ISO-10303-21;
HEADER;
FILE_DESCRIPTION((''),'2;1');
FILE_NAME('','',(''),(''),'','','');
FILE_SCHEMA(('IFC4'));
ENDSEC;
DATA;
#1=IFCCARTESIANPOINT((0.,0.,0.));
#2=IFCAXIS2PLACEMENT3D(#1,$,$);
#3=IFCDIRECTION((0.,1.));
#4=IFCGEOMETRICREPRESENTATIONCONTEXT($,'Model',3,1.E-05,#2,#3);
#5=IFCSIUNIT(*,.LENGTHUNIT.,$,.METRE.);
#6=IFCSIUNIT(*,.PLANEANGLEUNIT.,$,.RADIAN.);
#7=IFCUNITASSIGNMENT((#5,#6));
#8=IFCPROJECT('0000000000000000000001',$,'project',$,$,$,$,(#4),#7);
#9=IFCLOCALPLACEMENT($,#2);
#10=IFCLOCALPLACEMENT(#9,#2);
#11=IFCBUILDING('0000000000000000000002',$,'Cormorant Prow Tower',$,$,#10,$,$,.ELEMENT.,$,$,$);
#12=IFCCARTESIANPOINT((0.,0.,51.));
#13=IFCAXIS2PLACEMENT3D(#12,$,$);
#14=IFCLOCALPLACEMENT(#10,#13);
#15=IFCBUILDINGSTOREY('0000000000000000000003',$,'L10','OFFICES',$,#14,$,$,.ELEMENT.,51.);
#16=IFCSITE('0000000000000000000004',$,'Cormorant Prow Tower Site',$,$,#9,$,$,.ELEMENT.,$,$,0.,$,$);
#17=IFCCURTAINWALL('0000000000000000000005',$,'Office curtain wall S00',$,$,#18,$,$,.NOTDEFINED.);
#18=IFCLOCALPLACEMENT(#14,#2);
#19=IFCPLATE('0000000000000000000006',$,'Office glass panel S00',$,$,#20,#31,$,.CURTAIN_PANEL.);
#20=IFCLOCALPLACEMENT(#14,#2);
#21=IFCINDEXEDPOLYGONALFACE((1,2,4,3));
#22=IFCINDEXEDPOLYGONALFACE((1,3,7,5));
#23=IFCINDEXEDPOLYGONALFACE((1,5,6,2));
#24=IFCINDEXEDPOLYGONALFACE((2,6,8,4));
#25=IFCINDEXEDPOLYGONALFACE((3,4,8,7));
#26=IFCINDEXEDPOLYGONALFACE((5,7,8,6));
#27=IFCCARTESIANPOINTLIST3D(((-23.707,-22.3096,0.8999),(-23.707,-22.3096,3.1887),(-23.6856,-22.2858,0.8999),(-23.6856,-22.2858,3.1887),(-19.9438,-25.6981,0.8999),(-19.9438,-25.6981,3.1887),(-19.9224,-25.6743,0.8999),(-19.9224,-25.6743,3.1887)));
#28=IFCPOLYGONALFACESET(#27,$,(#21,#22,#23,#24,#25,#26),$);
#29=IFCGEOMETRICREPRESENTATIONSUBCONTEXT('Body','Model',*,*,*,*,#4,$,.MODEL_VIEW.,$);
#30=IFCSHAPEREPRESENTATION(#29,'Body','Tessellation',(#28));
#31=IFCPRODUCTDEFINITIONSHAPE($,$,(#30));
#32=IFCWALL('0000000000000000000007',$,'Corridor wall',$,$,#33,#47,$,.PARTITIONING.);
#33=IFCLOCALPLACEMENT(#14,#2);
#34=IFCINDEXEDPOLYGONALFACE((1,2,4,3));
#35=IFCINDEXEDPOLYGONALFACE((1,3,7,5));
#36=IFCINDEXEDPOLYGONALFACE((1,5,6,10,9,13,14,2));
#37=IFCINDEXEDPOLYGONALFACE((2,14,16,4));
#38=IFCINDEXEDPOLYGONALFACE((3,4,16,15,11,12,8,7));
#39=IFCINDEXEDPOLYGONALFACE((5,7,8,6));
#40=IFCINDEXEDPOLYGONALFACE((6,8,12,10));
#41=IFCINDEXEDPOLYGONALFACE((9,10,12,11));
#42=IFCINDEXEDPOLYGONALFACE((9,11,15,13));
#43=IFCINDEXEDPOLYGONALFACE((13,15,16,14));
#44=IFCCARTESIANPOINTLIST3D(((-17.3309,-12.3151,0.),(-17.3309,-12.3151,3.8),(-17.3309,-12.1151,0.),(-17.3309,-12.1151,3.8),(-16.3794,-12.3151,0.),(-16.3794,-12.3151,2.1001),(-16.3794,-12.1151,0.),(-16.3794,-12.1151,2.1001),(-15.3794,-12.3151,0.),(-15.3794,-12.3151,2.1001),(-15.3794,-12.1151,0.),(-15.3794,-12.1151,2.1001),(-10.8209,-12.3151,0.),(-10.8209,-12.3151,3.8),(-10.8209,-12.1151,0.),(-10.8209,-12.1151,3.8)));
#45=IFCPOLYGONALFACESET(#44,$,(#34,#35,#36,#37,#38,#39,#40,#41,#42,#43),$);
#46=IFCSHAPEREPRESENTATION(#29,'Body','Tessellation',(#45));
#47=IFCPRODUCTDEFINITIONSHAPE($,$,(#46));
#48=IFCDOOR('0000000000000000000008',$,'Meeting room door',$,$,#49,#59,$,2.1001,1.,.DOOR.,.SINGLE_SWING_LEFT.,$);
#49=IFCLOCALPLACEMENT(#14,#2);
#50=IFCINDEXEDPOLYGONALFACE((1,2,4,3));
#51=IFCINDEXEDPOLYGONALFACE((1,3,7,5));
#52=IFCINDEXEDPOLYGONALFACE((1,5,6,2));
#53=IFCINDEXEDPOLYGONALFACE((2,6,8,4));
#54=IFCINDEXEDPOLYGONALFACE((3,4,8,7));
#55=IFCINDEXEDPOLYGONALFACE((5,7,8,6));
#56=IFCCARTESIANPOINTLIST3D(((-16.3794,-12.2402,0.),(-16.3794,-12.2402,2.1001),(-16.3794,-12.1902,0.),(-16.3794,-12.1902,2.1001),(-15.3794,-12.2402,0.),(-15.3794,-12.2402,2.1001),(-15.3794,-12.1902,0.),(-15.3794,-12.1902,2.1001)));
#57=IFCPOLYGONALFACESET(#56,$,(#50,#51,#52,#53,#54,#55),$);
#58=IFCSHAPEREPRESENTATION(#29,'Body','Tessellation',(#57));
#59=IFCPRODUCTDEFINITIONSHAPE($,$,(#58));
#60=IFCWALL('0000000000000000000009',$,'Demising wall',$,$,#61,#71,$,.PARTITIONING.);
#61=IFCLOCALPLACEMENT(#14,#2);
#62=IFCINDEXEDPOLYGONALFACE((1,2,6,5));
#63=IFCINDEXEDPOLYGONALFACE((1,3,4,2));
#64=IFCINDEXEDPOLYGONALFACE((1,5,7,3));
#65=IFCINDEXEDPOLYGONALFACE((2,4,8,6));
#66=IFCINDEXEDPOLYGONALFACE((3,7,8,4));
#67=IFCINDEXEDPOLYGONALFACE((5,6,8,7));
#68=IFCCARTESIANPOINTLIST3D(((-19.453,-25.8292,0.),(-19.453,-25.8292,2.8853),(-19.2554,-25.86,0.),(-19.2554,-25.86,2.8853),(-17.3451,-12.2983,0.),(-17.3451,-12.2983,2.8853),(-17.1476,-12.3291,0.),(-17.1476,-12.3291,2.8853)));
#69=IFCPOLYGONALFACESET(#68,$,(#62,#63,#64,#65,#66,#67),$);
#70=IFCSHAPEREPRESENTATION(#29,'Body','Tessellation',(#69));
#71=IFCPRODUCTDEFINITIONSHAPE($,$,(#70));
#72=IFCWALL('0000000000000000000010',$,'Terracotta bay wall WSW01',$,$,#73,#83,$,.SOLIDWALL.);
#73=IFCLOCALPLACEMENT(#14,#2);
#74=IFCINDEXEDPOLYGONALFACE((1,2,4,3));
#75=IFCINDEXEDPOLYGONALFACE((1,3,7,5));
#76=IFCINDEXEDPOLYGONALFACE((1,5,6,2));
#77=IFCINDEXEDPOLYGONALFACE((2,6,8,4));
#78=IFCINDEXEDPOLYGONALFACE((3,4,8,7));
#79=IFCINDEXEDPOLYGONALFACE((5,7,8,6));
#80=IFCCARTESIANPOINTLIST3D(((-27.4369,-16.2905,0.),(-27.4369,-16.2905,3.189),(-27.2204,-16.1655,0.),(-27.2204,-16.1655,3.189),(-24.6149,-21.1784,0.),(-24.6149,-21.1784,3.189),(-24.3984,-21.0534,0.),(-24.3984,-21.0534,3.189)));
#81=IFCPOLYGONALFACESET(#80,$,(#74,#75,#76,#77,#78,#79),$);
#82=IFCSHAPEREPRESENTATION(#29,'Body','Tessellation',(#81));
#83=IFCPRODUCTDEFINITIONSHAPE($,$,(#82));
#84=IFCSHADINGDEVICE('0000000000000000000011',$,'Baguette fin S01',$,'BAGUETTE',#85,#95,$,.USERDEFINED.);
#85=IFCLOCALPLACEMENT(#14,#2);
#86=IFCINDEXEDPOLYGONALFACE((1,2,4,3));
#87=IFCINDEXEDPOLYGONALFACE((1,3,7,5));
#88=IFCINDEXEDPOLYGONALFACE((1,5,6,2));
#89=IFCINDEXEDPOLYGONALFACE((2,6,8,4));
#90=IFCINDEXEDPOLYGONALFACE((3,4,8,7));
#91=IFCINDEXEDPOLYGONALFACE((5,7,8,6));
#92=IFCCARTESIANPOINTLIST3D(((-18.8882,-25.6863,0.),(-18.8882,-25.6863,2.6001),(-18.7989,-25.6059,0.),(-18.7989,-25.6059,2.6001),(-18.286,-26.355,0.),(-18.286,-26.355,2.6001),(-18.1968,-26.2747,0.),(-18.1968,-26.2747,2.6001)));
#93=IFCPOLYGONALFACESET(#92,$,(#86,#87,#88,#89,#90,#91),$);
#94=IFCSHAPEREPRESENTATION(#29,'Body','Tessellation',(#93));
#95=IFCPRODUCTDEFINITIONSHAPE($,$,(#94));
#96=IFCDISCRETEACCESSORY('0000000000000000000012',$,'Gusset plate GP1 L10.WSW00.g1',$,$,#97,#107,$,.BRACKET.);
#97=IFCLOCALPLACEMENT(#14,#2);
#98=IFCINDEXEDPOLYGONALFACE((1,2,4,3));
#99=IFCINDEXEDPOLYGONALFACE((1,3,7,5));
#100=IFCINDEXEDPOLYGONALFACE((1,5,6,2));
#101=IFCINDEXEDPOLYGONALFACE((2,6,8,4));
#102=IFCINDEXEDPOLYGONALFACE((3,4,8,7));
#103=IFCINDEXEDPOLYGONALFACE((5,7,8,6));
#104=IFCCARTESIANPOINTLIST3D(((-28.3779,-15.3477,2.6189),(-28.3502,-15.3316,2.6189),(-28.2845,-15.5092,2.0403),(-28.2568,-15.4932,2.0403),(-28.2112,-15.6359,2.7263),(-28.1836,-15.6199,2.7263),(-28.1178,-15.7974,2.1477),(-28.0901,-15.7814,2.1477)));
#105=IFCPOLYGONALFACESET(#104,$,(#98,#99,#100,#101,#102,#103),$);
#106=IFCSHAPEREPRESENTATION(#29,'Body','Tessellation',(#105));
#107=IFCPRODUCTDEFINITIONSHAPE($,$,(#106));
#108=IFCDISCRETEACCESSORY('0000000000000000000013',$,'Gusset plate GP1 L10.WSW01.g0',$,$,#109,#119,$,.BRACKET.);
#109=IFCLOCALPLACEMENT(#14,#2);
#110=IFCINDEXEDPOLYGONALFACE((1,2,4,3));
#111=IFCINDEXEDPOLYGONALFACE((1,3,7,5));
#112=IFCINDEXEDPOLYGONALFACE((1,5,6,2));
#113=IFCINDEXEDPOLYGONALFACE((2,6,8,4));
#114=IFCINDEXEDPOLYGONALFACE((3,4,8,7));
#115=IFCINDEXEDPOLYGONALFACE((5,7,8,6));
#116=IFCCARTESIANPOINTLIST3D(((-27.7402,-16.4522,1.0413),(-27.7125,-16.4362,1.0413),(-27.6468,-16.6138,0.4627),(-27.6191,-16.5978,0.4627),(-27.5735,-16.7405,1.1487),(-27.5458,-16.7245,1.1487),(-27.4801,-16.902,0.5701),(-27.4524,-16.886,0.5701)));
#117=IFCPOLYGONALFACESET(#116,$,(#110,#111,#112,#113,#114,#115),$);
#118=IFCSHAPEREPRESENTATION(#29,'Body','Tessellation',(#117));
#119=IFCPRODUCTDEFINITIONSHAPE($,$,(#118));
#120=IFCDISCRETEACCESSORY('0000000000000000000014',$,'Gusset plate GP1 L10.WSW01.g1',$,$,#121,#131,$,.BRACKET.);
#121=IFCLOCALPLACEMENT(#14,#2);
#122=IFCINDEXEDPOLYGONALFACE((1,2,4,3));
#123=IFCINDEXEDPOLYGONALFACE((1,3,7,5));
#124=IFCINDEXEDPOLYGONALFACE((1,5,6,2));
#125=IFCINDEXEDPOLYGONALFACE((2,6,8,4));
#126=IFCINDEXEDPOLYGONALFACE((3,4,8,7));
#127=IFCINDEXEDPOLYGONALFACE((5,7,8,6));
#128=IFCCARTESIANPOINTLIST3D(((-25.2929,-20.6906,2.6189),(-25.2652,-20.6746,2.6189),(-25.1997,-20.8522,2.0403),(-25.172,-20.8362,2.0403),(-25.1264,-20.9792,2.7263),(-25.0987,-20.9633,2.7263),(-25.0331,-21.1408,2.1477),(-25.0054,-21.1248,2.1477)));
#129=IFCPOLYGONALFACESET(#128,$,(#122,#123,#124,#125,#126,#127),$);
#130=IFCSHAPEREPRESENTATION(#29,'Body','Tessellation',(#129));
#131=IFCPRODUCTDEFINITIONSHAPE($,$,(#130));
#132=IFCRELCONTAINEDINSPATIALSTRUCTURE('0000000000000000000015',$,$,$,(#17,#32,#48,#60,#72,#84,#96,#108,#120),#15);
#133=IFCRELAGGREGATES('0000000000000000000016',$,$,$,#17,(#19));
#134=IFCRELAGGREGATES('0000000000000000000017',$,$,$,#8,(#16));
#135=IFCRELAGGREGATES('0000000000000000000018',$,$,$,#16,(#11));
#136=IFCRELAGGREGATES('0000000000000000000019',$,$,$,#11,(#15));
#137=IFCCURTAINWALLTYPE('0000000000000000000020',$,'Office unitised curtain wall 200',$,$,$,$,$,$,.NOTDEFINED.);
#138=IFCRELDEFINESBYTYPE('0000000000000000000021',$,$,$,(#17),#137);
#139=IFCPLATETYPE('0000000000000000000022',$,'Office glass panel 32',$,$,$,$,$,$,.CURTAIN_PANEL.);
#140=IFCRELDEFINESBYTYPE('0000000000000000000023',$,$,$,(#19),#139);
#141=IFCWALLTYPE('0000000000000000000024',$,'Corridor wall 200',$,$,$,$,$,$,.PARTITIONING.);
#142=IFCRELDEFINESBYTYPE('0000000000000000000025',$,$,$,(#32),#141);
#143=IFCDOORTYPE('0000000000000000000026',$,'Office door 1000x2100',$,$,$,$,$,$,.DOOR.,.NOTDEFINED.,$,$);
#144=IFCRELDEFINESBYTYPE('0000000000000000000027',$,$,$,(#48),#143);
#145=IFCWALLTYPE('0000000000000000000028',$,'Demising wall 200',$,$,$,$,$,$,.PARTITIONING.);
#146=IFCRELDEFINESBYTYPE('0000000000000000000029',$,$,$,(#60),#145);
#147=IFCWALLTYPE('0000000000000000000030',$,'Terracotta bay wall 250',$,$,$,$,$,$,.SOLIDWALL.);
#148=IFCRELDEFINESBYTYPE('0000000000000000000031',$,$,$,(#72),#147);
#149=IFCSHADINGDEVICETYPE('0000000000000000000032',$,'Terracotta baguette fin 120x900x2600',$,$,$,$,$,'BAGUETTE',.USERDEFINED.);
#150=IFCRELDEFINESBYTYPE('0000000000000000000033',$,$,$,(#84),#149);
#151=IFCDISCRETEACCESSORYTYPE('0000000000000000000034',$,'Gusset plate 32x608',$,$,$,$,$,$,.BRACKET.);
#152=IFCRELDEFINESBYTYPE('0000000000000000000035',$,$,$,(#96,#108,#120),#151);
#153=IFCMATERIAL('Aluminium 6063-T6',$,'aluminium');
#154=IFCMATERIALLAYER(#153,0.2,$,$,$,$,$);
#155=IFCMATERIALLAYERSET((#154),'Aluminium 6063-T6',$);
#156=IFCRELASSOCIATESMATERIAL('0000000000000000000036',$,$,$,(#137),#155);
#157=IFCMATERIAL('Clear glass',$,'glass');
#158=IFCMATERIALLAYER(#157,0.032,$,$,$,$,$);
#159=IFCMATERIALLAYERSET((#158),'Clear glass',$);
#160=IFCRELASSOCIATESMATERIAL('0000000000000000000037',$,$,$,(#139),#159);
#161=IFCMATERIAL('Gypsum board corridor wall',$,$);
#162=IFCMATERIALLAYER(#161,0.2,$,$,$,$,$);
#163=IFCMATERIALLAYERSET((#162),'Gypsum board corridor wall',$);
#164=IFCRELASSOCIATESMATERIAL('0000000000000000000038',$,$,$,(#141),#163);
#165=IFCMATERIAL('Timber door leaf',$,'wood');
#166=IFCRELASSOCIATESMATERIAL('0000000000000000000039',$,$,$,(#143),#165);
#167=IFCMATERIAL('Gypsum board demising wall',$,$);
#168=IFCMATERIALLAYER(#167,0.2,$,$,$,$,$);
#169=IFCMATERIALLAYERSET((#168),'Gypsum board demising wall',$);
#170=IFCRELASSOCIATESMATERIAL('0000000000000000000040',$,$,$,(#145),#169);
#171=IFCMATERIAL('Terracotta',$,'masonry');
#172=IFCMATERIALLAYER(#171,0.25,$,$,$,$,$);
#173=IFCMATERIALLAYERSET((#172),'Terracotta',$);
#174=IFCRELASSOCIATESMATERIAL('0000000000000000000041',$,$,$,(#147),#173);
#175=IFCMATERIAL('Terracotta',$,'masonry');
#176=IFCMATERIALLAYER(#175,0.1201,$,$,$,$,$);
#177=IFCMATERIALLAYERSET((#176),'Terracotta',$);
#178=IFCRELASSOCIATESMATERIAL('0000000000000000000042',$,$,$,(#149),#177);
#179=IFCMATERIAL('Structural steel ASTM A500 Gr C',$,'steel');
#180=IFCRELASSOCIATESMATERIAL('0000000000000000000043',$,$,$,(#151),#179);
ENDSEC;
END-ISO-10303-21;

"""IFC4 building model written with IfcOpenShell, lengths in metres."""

from ifc_helpers import new_model, si_unit, direction, frame, frame_2d, origin, origin_2d, place, context, subcontext, project, spatial, rectangle, extrude, material, layer, layer_set, material_profile, profile_set, type_object, element, fill, aggregate, save


model = new_model("IFC4")

# Units and contexts
model_context = context("Model", 3, precision=1e-05, world=origin(), true_north=direction((0.0, 1.0)))
body_context = subcontext(model_context, "Body", "Model", "MODEL_VIEW")
ifc_project = project(units=[si_unit("LENGTHUNIT", "METRE"), si_unit("PLANEANGLEUNIT", "RADIAN")], contexts=[model_context])

# Site, building, storey
site_placement = place(None, origin())
site = spatial("IfcSite", under=ifc_project, at=site_placement, Name="Cormorant Prow Tower Site", CompositionType="ELEMENT", RefElevation=0.0)
building_placement = place(site_placement, origin())
building = spatial("IfcBuilding", under=site, at=building_placement, Name="Cormorant Prow Tower", CompositionType="ELEMENT")
storey_placement = place(building_placement, frame((0.0, 0.0, 51.0)))
storey = spatial("IfcBuildingStorey", under=building, at=storey_placement, Name="L10", Description="OFFICES", CompositionType="ELEMENT", Elevation=51.0)

# Curtain wall
ifc_material_1 = material(Name="Aluminium 6063-T6", Category="aluminium")
ifc_layer_1 = layer(ifc_material_1, 0.2)
ifc_layer_set_1 = layer_set([ifc_layer_1], Name="Aluminium 6063-T6")
curtain_wall_type = type_object("IfcCurtainWallType", Name="Office unitised curtain wall 200", PredefinedType="NOTDEFINED", material=ifc_layer_set_1)
curtain_wall_placement = place(storey_placement, origin())
curtain_wall = element("IfcCurtainWall", 1, at=curtain_wall_placement, inside=storey, type_object=curtain_wall_type, Name="Office curtain wall S00", PredefinedType="NOTDEFINED")

# Plate
ifc_material_2 = material(Name="Clear glass", Category="glass")
ifc_layer_2 = layer(ifc_material_2, 0.032)
ifc_layer_set_2 = layer_set([ifc_layer_2], Name="Clear glass")
plate_type = type_object("IfcPlateType", Name="Office glass panel 32", PredefinedType="CURTAIN_PANEL", material=ifc_layer_set_2)
plate_placement = place(storey_placement, frame((-21.8147, -23.9919, 0.8999), z_axis=(0.0, 0.0, 1.0), x_axis=(0.743145, -0.669131, 0.0)))
plate = element("IfcPlate", 2, at=plate_placement, type_object=plate_type, Name="Office glass panel S00", PredefinedType="CURTAIN_PANEL", context=body_context, shape_type="SweptSolid", body=[
    extrude(rectangle(XDim=5.064, YDim=0.032, at=origin_2d()), origin(), (0.0, 0.0, 1.0), 2.2888),
])
aggregate(curtain_wall, [plate])

# Wall, opening, door
ifc_material_3 = material(Name="Gypsum board corridor wall")
ifc_layer_3 = layer(ifc_material_3, 0.2)
ifc_layer_set_3 = layer_set([ifc_layer_3], Name="Gypsum board corridor wall")
wall_type_1 = type_object("IfcWallType", Name="Corridor wall 200", PredefinedType="PARTITIONING", material=ifc_layer_set_3)
wall_1_placement = place(storey_placement, frame((-17.3308, -12.2151, 0.0), z_axis=(0.0, 0.0, 1.0), x_axis=(1.0, 0.0, 0.0)))
wall_1 = element("IfcWall", 3, at=wall_1_placement, inside=storey, type_object=wall_type_1, Name="Corridor wall", PredefinedType="PARTITIONING", context=body_context, shape_type="SweptSolid", body=[
    extrude(rectangle(XDim=6.51, YDim=0.2, at=frame_2d((3.2549, 0.0))), origin(), (0.0, 0.0, 1.0), 3.8),
])
opening_1_placement = place(wall_1_placement, frame((0.9514, 0.0, 0.0)))
opening_1 = element("IfcOpeningElement", 4, at=opening_1_placement, cuts=wall_1, PredefinedType="OPENING", context=body_context, shape_type="SweptSolid", body=[
    extrude(rectangle(XDim=1.0, YDim=2.1001, at=frame_2d((0.5, 1.05))), frame((0.0, 0.1099, 0.0), z_axis=(0.0, -1.0, 0.0), x_axis=(1.0, 0.0, 0.0)), (0.0, 0.0, 1.0), 0.22),
])
ifc_material_4 = material(Name="Timber door leaf", Category="wood")
door_type_1 = type_object("IfcDoorType", Name="Office door 1000x2100", OperationType="NOTDEFINED", PredefinedType="DOOR", material=ifc_material_4)
door_1_placement = place(opening_1_placement, origin())
door_1 = element("IfcDoor", 5, at=door_1_placement, inside=storey, type_object=door_type_1, Name="Meeting room door", OperationType="SINGLE_SWING_LEFT", OverallHeight=2.1001, OverallWidth=1.0, PredefinedType="DOOR", context=body_context, shape_type="SweptSolid", body=[
    extrude(rectangle(XDim=1.0, YDim=2.1001, at=frame_2d((0.5, 1.05))), frame((0.0, 0.0249, 0.0), z_axis=(0.0, -1.0, 0.0), x_axis=(1.0, 0.0, 0.0)), (0.0, 0.0, 1.0), 0.05),
])
fill(opening_1, door_1)

# Walls
ifc_material_5 = material(Name="Gypsum board demising wall")
ifc_layer_4 = layer(ifc_material_5, 0.2)
ifc_layer_set_4 = layer_set([ifc_layer_4], Name="Gypsum board demising wall")
wall_type_2 = type_object("IfcWallType", Name="Demising wall 200", PredefinedType="PARTITIONING", material=ifc_layer_set_4)
wall_2_placement = place(storey_placement, frame((-19.3542, -25.8447, 0.0), z_axis=(0.0, 0.0, 1.0), x_axis=(0.153927, 0.988082, 0.0)))
element("IfcWall", 6, at=wall_2_placement, inside=storey, type_object=wall_type_2, Name="Demising wall", PredefinedType="PARTITIONING", context=body_context, shape_type="SweptSolid", body=[
    extrude(rectangle(XDim=13.6941, YDim=0.2, at=frame_2d((6.8472, 0.0))), origin(), (0.0, 0.0, 1.0), 2.8853),
])
ifc_material_6 = material(Name="Terracotta", Category="masonry")
ifc_layer_5 = layer(ifc_material_6, 0.25)
ifc_layer_set_5 = layer_set([ifc_layer_5], Name="Terracotta")
wall_type_3 = type_object("IfcWallType", Name="Terracotta bay wall 250", PredefinedType="SOLIDWALL", material=ifc_layer_set_5)
wall_3_placement = place(storey_placement, frame((-27.3286, -16.228, 0.0), z_axis=(0.0, 0.0, 1.0), x_axis=(0.499996, -0.866028, 0.0)))
element("IfcWall", 7, at=wall_3_placement, inside=storey, type_object=wall_type_3, Name="Terracotta bay wall WSW01", PredefinedType="SOLIDWALL", context=body_context, shape_type="SweptSolid", body=[
    extrude(rectangle(XDim=5.644, YDim=0.25, at=frame_2d((2.822, 0.0))), origin(), (0.0, 0.0, 1.0), 3.189),
])

# Shading device
ifc_material_7 = material(Name="Terracotta", Category="masonry")
ifc_layer_6 = layer(ifc_material_7, 0.1201)
ifc_layer_set_6 = layer_set([ifc_layer_6], Name="Terracotta")
shading_device_type = type_object("IfcShadingDeviceType", Name="Terracotta baguette fin 120x900x2600", ElementType="BAGUETTE", PredefinedType="USERDEFINED", material=ifc_layer_set_6)
shading_device_placement = place(storey_placement, frame((-18.5425, -25.9805, 0.0), z_axis=(0.0, 0.0, 1.0), x_axis=(0.743145, 0.669131, 0.0)))
element("IfcShadingDevice", 8, at=shading_device_placement, inside=storey, type_object=shading_device_type, Name="Baguette fin S01", ObjectType="BAGUETTE", PredefinedType="USERDEFINED", context=body_context, shape_type="SweptSolid", body=[
    extrude(rectangle(XDim=0.1201, YDim=0.8999, at=origin_2d()), origin(), (0.0, 0.0, 1.0), 2.6001),
])

# Discrete accessories
ifc_material_8 = material(Name="Structural steel ASTM A500 Gr C", Category="steel")
ifc_material_profile_1 = material_profile(ifc_material_8, rectangle(XDim=0.032, YDim=0.6079, at=origin_2d()), Name="Gusset plate 32x608")
ifc_profile_set_1 = profile_set([ifc_material_profile_1], Name="Structural steel ASTM A500 Gr C")
discrete_accessory_type = type_object("IfcDiscreteAccessoryType", Name="Gusset plate 32x608", PredefinedType="BRACKET", material=ifc_profile_set_1)
for number, where, z_axis, x_axis, name in (
    (9, (-28.3174, -15.4204, 2.3296), (0.476465, -0.823872, 0.306946), (0.86566, 0.500632, 0.0), "Gusset plate GP1 L10.WSW00.g1"),
    (10, (-27.5129, -16.8132, 0.8594), (-0.476465, 0.823872, -0.306946), (-0.86566, -0.500632, 0.0), "Gusset plate GP1 L10.WSW01.g0"),
):
    element("IfcDiscreteAccessory", number, at=place(storey_placement, frame(where, z_axis=z_axis, x_axis=x_axis)), inside=storey, type_object=discrete_accessory_type, Name=name, PredefinedType="BRACKET", context=body_context, shape_type="SweptSolid", body=[
        extrude(rectangle(XDim=0.032, YDim=0.6079, at=origin_2d()), origin(), (0.0, 0.0, 1.0), 0.3499),
    ])
discrete_accessory_placement = place(storey_placement, frame((-25.2324, -20.7634, 2.3296), z_axis=(0.475652, -0.82437, 0.306872), x_axis=(0.866161, 0.499765, 0.0)))
element("IfcDiscreteAccessory", 11, at=discrete_accessory_placement, inside=storey, type_object=discrete_accessory_type, Name="Gusset plate GP1 L10.WSW01.g1", PredefinedType="BRACKET", context=body_context, shape_type="SweptSolid", body=[
    extrude(rectangle(XDim=0.032, YDim=0.6079, at=origin_2d()), origin(), (0.0, 0.0, 1.0), 0.3501),
])

save(model, "model.ifc")
